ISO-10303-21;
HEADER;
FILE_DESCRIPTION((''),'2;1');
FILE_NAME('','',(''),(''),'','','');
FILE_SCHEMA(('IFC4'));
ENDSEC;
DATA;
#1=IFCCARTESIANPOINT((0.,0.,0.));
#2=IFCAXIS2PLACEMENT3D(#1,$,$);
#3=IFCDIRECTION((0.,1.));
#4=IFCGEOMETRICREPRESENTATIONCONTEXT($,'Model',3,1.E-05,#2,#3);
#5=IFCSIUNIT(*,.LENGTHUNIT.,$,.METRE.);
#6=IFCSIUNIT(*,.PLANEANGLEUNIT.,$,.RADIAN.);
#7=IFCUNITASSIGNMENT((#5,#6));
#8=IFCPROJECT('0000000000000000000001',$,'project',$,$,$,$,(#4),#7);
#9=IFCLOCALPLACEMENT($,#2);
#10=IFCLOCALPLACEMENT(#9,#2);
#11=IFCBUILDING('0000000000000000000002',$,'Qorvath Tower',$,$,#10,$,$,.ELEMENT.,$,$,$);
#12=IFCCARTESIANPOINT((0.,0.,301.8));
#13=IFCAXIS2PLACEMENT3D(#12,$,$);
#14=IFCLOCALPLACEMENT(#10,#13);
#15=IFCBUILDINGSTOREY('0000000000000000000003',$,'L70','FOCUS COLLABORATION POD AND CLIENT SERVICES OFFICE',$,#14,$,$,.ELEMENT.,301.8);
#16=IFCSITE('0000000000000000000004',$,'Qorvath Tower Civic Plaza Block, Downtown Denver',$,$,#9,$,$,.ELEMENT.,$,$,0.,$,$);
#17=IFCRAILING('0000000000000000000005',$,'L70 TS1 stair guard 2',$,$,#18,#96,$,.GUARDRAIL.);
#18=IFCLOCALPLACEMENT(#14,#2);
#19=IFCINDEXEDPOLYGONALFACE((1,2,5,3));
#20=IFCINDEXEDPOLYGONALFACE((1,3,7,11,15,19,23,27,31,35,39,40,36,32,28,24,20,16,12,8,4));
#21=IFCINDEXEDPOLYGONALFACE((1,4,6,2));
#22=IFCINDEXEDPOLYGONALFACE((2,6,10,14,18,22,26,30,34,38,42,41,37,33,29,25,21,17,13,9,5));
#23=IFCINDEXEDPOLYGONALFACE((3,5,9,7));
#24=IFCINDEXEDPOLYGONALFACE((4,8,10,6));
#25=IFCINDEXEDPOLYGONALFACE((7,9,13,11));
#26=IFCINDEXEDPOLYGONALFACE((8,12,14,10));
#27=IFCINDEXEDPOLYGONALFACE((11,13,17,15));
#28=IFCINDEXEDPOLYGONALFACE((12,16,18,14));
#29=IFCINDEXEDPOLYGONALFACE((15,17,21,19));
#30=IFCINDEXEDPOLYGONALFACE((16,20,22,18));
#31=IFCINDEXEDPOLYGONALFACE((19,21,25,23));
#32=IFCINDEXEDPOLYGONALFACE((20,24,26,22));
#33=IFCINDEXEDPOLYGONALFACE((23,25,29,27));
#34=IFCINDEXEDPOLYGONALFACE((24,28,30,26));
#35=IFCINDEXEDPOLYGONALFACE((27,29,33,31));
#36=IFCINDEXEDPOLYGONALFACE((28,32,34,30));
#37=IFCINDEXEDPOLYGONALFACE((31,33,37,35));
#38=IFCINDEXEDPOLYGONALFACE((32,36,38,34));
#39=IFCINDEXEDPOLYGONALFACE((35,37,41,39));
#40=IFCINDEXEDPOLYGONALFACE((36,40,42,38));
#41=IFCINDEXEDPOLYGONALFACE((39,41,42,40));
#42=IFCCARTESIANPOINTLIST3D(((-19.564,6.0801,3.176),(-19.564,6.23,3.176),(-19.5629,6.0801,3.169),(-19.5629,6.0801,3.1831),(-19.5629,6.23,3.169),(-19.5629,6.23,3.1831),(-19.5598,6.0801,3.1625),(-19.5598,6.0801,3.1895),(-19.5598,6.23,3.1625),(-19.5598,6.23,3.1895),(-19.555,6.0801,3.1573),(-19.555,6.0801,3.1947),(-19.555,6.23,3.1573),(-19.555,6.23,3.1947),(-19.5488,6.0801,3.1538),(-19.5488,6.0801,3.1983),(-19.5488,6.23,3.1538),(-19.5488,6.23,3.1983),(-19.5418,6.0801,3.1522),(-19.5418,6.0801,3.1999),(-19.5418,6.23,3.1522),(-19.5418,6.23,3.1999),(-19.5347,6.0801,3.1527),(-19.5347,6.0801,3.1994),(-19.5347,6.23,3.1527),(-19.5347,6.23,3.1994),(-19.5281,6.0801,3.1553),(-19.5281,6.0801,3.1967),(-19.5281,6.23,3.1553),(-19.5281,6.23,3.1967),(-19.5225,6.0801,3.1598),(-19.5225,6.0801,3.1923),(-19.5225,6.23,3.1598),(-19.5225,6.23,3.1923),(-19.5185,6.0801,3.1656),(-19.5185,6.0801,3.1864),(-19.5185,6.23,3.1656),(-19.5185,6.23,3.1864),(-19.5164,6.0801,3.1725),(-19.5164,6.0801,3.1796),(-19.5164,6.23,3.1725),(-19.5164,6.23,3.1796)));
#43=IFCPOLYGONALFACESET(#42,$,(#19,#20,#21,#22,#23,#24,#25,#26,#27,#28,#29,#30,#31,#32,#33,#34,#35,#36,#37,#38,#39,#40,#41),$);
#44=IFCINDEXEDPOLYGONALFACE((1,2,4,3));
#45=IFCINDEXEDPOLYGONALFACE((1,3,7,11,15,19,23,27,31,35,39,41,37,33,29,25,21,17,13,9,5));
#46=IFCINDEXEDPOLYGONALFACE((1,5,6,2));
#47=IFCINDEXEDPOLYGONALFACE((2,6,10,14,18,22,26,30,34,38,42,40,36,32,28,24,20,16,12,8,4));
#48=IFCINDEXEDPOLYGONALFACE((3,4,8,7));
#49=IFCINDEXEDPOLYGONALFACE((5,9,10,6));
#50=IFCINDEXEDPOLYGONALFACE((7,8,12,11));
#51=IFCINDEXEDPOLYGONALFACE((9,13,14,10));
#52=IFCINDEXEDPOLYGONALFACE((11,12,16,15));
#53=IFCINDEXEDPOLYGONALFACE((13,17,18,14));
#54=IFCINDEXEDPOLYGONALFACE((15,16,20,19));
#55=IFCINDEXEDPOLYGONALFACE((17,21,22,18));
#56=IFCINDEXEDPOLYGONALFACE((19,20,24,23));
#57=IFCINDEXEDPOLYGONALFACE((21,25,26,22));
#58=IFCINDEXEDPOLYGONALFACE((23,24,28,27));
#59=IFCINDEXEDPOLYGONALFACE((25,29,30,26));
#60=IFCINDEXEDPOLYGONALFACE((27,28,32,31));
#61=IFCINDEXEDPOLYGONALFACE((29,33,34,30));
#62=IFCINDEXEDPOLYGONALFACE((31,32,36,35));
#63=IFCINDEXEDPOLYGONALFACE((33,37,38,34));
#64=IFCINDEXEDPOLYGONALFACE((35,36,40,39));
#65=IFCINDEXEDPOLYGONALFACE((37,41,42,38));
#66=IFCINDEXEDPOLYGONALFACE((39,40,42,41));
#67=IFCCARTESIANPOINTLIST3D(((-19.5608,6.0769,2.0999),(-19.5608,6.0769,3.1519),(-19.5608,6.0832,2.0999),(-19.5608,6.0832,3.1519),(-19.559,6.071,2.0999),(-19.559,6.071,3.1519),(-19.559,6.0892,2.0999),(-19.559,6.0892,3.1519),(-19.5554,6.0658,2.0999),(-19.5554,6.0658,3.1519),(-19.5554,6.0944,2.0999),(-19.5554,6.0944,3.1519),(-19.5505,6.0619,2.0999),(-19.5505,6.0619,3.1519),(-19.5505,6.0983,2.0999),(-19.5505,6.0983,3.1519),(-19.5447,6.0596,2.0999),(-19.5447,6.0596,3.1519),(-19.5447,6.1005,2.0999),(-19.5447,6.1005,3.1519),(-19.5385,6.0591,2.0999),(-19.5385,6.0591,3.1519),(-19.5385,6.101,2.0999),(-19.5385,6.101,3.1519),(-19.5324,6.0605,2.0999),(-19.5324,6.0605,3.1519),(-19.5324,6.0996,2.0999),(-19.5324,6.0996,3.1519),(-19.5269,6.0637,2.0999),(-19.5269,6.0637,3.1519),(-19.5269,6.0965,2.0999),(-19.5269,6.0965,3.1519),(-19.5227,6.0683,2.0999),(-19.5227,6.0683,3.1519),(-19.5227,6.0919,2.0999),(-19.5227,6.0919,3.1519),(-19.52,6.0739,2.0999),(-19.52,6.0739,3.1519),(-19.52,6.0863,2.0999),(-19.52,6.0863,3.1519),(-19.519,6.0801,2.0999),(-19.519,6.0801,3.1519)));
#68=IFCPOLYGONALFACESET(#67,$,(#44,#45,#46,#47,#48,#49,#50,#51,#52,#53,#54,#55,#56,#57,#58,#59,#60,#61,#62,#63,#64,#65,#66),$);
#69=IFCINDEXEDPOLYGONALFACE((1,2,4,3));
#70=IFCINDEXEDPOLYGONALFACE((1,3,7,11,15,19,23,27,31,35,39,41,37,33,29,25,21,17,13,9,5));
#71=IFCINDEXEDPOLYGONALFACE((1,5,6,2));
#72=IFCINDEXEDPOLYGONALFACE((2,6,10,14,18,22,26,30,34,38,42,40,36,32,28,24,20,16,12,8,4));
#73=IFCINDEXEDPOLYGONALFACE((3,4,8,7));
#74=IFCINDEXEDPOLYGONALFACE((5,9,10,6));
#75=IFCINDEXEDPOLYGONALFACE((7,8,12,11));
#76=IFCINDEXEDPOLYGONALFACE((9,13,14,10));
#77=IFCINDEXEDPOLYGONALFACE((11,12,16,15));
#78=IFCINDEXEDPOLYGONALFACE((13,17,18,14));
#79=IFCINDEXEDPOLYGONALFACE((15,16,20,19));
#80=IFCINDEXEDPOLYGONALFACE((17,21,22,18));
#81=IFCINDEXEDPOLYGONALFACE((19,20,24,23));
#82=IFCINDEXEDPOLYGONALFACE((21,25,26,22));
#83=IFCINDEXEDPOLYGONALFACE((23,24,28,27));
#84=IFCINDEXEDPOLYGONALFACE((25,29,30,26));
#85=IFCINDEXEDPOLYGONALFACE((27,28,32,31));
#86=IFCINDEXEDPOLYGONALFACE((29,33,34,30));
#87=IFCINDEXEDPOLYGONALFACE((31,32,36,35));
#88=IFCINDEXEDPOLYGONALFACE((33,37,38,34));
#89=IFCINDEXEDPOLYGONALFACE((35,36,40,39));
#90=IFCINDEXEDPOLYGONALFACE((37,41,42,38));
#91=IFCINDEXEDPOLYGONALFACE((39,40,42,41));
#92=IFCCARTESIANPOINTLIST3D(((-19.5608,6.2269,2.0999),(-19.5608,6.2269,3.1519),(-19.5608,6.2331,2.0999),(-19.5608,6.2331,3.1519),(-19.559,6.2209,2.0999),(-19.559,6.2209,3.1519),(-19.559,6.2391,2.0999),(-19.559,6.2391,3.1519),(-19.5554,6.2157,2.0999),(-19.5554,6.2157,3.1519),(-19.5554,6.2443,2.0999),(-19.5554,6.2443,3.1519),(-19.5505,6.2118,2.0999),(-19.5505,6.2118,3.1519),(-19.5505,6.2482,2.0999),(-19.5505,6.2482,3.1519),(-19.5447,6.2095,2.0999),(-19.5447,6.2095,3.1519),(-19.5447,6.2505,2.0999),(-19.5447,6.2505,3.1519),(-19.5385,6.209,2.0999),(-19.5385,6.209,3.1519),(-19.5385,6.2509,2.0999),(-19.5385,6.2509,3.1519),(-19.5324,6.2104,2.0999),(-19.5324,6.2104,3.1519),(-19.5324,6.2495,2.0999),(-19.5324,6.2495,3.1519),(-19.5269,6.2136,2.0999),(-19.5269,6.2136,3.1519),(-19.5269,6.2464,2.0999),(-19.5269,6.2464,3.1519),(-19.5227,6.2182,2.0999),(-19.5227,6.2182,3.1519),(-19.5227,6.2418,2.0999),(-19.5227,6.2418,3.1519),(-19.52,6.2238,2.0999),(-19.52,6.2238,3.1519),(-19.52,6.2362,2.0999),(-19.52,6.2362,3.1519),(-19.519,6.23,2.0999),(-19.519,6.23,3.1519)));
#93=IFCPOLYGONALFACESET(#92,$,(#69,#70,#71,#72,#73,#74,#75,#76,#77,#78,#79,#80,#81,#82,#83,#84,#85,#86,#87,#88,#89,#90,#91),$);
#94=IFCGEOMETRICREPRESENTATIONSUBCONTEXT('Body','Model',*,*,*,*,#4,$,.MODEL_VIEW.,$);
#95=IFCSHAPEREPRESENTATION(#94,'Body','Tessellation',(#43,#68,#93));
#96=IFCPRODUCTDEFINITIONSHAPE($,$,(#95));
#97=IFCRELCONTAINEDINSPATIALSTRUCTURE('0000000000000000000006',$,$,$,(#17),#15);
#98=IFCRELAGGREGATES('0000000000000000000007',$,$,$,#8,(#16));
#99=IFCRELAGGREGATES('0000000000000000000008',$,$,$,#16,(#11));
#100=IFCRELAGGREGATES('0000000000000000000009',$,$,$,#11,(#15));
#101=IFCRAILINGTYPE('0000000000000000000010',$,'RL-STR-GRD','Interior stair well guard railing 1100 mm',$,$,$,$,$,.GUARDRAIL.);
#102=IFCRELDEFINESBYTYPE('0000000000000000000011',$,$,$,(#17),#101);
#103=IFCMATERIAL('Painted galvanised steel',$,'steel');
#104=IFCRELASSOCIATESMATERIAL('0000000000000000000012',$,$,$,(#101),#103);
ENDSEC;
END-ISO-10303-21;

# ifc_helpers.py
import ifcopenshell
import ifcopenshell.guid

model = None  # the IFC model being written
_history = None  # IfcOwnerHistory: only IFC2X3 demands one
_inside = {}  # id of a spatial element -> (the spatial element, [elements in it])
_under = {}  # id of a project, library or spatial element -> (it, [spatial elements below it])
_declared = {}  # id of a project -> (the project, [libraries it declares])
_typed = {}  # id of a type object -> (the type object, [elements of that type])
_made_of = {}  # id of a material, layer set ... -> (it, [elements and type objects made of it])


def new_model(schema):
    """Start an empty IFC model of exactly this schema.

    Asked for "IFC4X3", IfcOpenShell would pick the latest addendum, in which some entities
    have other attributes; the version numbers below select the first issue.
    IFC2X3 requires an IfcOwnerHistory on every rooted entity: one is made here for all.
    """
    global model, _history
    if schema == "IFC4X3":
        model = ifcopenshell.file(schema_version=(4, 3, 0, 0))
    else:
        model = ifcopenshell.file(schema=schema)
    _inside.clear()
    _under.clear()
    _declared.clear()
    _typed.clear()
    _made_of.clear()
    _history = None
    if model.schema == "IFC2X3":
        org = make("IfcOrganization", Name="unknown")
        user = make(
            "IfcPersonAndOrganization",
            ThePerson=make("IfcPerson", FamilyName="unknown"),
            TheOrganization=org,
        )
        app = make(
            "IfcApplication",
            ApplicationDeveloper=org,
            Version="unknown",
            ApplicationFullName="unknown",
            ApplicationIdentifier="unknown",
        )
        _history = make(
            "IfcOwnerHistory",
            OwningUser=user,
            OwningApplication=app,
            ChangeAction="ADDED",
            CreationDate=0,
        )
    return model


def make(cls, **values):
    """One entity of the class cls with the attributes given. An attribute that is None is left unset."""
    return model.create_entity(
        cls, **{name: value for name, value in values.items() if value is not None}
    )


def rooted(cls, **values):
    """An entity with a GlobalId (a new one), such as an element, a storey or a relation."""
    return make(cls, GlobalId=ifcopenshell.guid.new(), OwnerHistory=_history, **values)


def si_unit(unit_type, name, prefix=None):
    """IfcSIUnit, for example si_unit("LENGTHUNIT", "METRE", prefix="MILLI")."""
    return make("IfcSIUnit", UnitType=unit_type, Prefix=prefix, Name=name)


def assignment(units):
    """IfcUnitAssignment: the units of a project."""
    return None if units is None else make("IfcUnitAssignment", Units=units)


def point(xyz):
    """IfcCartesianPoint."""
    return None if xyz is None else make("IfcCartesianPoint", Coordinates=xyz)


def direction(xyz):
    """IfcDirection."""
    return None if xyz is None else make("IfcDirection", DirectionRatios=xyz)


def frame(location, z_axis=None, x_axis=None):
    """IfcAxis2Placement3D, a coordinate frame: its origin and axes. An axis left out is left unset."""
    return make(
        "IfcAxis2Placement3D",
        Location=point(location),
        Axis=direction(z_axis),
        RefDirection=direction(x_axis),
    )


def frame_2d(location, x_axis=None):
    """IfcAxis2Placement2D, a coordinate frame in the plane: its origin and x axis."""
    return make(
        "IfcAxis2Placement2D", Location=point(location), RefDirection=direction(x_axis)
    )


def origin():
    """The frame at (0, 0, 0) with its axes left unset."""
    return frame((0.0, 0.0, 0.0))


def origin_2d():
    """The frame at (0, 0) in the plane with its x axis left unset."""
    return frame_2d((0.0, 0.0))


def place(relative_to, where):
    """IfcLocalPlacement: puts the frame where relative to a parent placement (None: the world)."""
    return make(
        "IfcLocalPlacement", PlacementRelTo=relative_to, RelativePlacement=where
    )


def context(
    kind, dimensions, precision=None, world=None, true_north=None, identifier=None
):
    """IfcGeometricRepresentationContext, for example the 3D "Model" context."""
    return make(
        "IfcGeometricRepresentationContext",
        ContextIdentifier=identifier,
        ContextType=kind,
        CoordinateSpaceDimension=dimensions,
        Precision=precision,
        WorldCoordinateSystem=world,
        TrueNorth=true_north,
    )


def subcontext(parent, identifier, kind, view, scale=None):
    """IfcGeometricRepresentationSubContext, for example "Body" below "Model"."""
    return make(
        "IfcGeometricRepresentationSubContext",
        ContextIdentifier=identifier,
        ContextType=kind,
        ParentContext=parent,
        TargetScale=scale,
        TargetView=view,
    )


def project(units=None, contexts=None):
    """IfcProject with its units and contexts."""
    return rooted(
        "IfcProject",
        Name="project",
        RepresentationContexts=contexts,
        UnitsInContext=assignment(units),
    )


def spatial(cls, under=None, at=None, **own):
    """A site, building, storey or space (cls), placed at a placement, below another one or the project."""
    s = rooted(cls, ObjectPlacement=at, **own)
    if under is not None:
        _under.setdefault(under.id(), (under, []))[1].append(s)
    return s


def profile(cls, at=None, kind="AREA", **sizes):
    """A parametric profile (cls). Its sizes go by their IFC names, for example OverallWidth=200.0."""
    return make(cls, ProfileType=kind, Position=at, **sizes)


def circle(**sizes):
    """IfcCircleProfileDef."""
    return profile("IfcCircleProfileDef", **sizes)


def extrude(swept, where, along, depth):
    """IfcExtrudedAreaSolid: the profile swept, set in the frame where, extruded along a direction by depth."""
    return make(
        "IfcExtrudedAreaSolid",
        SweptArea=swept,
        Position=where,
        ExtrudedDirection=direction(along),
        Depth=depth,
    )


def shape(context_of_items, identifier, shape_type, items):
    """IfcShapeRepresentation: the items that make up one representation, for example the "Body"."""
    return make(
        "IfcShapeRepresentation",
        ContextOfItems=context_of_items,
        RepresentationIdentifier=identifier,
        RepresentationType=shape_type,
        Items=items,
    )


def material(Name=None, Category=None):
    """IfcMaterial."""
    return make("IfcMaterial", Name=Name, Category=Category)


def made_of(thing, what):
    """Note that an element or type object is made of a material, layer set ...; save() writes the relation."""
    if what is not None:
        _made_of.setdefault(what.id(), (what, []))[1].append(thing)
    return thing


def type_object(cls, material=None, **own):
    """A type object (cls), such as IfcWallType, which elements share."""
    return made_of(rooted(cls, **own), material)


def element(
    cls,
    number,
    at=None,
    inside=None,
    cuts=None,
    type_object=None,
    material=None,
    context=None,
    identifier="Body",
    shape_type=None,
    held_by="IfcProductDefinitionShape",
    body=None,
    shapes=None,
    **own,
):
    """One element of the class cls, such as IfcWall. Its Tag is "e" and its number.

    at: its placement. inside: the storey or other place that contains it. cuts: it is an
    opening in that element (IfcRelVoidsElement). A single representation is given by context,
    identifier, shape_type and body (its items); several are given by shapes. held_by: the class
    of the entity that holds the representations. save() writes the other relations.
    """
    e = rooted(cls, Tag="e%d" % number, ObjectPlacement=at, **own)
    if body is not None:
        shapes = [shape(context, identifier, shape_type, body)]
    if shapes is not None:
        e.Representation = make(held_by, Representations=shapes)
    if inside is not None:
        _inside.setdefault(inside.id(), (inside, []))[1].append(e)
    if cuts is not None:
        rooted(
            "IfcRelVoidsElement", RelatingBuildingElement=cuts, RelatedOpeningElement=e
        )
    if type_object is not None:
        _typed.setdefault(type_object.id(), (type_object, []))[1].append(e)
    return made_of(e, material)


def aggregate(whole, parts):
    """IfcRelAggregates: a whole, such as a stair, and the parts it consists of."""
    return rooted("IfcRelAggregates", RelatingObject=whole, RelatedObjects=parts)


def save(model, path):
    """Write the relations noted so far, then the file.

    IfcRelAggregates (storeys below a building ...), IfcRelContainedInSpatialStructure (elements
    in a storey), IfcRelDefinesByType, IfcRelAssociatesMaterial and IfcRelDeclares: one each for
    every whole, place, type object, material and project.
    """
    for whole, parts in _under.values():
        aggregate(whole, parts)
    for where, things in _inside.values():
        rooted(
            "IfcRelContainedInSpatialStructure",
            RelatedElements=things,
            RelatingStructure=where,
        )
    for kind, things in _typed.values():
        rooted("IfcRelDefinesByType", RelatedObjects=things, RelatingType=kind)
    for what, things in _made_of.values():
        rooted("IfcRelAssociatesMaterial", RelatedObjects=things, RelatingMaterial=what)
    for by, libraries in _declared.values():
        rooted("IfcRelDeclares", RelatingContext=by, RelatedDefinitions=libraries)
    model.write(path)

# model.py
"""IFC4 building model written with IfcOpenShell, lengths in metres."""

from ifc_helpers import new_model, si_unit, direction, frame, origin, origin_2d, place, context, subcontext, project, spatial, circle, extrude, material, type_object, element, save


model = new_model("IFC4")

# Units and contexts
model_context = context("Model", 3, precision=1e-05, world=origin(), true_north=direction((0.0, 1.0)))
body_context = subcontext(model_context, "Body", "Model", "MODEL_VIEW")
ifc_project = project(units=[si_unit("LENGTHUNIT", "METRE"), si_unit("PLANEANGLEUNIT", "RADIAN")], contexts=[model_context])

# Site, building, storey
site_placement = place(None, origin())
site = spatial("IfcSite", under=ifc_project, at=site_placement, Name="Qorvath Tower Civic Plaza Block, Downtown Denver", CompositionType="ELEMENT", RefElevation=0.0)
building_placement = place(site_placement, origin())
building = spatial("IfcBuilding", under=site, at=building_placement, Name="Qorvath Tower", CompositionType="ELEMENT")
storey_placement = place(building_placement, frame((0.0, 0.0, 301.8)))
storey = spatial("IfcBuildingStorey", under=building, at=storey_placement, Name="L70", Description="FOCUS COLLABORATION POD AND CLIENT SERVICES OFFICE", CompositionType="ELEMENT", Elevation=301.8)

# Railing
ifc_material_1 = material(Name="Painted galvanised steel", Category="steel")
railing_type_1 = type_object("IfcRailingType", Name="RL-STR-GRD", Description="Interior stair well guard railing 1100 mm", PredefinedType="GUARDRAIL", material=ifc_material_1)
railing_1_placement = place(storey_placement, frame((-19.54, 6.0801, 2.0999)))
element("IfcRailing", 1, at=railing_1_placement, inside=storey, type_object=railing_type_1, Name="L70 TS1 stair guard 2", PredefinedType="GUARDRAIL", context=body_context, shape_type="SweptSolid", body=[
    extrude(circle(Radius=0.0239, at=origin_2d()), frame((0.0, 0.0, 1.0762), z_axis=(0.0, 1.0, 0.0), x_axis=(-1.0, 0.0, 0.0)), (0.0, 0.0, 1.0), 0.1499),
    extrude(circle(Radius=0.021, at=origin_2d()), origin(), (0.0, 0.0, 1.0), 1.052),
    extrude(circle(Radius=0.021, at=origin_2d()), frame((0.0, 0.1499, 0.0)), (0.0, 0.0, 1.0), 1.052),
])

save(model, "model.ifc")
